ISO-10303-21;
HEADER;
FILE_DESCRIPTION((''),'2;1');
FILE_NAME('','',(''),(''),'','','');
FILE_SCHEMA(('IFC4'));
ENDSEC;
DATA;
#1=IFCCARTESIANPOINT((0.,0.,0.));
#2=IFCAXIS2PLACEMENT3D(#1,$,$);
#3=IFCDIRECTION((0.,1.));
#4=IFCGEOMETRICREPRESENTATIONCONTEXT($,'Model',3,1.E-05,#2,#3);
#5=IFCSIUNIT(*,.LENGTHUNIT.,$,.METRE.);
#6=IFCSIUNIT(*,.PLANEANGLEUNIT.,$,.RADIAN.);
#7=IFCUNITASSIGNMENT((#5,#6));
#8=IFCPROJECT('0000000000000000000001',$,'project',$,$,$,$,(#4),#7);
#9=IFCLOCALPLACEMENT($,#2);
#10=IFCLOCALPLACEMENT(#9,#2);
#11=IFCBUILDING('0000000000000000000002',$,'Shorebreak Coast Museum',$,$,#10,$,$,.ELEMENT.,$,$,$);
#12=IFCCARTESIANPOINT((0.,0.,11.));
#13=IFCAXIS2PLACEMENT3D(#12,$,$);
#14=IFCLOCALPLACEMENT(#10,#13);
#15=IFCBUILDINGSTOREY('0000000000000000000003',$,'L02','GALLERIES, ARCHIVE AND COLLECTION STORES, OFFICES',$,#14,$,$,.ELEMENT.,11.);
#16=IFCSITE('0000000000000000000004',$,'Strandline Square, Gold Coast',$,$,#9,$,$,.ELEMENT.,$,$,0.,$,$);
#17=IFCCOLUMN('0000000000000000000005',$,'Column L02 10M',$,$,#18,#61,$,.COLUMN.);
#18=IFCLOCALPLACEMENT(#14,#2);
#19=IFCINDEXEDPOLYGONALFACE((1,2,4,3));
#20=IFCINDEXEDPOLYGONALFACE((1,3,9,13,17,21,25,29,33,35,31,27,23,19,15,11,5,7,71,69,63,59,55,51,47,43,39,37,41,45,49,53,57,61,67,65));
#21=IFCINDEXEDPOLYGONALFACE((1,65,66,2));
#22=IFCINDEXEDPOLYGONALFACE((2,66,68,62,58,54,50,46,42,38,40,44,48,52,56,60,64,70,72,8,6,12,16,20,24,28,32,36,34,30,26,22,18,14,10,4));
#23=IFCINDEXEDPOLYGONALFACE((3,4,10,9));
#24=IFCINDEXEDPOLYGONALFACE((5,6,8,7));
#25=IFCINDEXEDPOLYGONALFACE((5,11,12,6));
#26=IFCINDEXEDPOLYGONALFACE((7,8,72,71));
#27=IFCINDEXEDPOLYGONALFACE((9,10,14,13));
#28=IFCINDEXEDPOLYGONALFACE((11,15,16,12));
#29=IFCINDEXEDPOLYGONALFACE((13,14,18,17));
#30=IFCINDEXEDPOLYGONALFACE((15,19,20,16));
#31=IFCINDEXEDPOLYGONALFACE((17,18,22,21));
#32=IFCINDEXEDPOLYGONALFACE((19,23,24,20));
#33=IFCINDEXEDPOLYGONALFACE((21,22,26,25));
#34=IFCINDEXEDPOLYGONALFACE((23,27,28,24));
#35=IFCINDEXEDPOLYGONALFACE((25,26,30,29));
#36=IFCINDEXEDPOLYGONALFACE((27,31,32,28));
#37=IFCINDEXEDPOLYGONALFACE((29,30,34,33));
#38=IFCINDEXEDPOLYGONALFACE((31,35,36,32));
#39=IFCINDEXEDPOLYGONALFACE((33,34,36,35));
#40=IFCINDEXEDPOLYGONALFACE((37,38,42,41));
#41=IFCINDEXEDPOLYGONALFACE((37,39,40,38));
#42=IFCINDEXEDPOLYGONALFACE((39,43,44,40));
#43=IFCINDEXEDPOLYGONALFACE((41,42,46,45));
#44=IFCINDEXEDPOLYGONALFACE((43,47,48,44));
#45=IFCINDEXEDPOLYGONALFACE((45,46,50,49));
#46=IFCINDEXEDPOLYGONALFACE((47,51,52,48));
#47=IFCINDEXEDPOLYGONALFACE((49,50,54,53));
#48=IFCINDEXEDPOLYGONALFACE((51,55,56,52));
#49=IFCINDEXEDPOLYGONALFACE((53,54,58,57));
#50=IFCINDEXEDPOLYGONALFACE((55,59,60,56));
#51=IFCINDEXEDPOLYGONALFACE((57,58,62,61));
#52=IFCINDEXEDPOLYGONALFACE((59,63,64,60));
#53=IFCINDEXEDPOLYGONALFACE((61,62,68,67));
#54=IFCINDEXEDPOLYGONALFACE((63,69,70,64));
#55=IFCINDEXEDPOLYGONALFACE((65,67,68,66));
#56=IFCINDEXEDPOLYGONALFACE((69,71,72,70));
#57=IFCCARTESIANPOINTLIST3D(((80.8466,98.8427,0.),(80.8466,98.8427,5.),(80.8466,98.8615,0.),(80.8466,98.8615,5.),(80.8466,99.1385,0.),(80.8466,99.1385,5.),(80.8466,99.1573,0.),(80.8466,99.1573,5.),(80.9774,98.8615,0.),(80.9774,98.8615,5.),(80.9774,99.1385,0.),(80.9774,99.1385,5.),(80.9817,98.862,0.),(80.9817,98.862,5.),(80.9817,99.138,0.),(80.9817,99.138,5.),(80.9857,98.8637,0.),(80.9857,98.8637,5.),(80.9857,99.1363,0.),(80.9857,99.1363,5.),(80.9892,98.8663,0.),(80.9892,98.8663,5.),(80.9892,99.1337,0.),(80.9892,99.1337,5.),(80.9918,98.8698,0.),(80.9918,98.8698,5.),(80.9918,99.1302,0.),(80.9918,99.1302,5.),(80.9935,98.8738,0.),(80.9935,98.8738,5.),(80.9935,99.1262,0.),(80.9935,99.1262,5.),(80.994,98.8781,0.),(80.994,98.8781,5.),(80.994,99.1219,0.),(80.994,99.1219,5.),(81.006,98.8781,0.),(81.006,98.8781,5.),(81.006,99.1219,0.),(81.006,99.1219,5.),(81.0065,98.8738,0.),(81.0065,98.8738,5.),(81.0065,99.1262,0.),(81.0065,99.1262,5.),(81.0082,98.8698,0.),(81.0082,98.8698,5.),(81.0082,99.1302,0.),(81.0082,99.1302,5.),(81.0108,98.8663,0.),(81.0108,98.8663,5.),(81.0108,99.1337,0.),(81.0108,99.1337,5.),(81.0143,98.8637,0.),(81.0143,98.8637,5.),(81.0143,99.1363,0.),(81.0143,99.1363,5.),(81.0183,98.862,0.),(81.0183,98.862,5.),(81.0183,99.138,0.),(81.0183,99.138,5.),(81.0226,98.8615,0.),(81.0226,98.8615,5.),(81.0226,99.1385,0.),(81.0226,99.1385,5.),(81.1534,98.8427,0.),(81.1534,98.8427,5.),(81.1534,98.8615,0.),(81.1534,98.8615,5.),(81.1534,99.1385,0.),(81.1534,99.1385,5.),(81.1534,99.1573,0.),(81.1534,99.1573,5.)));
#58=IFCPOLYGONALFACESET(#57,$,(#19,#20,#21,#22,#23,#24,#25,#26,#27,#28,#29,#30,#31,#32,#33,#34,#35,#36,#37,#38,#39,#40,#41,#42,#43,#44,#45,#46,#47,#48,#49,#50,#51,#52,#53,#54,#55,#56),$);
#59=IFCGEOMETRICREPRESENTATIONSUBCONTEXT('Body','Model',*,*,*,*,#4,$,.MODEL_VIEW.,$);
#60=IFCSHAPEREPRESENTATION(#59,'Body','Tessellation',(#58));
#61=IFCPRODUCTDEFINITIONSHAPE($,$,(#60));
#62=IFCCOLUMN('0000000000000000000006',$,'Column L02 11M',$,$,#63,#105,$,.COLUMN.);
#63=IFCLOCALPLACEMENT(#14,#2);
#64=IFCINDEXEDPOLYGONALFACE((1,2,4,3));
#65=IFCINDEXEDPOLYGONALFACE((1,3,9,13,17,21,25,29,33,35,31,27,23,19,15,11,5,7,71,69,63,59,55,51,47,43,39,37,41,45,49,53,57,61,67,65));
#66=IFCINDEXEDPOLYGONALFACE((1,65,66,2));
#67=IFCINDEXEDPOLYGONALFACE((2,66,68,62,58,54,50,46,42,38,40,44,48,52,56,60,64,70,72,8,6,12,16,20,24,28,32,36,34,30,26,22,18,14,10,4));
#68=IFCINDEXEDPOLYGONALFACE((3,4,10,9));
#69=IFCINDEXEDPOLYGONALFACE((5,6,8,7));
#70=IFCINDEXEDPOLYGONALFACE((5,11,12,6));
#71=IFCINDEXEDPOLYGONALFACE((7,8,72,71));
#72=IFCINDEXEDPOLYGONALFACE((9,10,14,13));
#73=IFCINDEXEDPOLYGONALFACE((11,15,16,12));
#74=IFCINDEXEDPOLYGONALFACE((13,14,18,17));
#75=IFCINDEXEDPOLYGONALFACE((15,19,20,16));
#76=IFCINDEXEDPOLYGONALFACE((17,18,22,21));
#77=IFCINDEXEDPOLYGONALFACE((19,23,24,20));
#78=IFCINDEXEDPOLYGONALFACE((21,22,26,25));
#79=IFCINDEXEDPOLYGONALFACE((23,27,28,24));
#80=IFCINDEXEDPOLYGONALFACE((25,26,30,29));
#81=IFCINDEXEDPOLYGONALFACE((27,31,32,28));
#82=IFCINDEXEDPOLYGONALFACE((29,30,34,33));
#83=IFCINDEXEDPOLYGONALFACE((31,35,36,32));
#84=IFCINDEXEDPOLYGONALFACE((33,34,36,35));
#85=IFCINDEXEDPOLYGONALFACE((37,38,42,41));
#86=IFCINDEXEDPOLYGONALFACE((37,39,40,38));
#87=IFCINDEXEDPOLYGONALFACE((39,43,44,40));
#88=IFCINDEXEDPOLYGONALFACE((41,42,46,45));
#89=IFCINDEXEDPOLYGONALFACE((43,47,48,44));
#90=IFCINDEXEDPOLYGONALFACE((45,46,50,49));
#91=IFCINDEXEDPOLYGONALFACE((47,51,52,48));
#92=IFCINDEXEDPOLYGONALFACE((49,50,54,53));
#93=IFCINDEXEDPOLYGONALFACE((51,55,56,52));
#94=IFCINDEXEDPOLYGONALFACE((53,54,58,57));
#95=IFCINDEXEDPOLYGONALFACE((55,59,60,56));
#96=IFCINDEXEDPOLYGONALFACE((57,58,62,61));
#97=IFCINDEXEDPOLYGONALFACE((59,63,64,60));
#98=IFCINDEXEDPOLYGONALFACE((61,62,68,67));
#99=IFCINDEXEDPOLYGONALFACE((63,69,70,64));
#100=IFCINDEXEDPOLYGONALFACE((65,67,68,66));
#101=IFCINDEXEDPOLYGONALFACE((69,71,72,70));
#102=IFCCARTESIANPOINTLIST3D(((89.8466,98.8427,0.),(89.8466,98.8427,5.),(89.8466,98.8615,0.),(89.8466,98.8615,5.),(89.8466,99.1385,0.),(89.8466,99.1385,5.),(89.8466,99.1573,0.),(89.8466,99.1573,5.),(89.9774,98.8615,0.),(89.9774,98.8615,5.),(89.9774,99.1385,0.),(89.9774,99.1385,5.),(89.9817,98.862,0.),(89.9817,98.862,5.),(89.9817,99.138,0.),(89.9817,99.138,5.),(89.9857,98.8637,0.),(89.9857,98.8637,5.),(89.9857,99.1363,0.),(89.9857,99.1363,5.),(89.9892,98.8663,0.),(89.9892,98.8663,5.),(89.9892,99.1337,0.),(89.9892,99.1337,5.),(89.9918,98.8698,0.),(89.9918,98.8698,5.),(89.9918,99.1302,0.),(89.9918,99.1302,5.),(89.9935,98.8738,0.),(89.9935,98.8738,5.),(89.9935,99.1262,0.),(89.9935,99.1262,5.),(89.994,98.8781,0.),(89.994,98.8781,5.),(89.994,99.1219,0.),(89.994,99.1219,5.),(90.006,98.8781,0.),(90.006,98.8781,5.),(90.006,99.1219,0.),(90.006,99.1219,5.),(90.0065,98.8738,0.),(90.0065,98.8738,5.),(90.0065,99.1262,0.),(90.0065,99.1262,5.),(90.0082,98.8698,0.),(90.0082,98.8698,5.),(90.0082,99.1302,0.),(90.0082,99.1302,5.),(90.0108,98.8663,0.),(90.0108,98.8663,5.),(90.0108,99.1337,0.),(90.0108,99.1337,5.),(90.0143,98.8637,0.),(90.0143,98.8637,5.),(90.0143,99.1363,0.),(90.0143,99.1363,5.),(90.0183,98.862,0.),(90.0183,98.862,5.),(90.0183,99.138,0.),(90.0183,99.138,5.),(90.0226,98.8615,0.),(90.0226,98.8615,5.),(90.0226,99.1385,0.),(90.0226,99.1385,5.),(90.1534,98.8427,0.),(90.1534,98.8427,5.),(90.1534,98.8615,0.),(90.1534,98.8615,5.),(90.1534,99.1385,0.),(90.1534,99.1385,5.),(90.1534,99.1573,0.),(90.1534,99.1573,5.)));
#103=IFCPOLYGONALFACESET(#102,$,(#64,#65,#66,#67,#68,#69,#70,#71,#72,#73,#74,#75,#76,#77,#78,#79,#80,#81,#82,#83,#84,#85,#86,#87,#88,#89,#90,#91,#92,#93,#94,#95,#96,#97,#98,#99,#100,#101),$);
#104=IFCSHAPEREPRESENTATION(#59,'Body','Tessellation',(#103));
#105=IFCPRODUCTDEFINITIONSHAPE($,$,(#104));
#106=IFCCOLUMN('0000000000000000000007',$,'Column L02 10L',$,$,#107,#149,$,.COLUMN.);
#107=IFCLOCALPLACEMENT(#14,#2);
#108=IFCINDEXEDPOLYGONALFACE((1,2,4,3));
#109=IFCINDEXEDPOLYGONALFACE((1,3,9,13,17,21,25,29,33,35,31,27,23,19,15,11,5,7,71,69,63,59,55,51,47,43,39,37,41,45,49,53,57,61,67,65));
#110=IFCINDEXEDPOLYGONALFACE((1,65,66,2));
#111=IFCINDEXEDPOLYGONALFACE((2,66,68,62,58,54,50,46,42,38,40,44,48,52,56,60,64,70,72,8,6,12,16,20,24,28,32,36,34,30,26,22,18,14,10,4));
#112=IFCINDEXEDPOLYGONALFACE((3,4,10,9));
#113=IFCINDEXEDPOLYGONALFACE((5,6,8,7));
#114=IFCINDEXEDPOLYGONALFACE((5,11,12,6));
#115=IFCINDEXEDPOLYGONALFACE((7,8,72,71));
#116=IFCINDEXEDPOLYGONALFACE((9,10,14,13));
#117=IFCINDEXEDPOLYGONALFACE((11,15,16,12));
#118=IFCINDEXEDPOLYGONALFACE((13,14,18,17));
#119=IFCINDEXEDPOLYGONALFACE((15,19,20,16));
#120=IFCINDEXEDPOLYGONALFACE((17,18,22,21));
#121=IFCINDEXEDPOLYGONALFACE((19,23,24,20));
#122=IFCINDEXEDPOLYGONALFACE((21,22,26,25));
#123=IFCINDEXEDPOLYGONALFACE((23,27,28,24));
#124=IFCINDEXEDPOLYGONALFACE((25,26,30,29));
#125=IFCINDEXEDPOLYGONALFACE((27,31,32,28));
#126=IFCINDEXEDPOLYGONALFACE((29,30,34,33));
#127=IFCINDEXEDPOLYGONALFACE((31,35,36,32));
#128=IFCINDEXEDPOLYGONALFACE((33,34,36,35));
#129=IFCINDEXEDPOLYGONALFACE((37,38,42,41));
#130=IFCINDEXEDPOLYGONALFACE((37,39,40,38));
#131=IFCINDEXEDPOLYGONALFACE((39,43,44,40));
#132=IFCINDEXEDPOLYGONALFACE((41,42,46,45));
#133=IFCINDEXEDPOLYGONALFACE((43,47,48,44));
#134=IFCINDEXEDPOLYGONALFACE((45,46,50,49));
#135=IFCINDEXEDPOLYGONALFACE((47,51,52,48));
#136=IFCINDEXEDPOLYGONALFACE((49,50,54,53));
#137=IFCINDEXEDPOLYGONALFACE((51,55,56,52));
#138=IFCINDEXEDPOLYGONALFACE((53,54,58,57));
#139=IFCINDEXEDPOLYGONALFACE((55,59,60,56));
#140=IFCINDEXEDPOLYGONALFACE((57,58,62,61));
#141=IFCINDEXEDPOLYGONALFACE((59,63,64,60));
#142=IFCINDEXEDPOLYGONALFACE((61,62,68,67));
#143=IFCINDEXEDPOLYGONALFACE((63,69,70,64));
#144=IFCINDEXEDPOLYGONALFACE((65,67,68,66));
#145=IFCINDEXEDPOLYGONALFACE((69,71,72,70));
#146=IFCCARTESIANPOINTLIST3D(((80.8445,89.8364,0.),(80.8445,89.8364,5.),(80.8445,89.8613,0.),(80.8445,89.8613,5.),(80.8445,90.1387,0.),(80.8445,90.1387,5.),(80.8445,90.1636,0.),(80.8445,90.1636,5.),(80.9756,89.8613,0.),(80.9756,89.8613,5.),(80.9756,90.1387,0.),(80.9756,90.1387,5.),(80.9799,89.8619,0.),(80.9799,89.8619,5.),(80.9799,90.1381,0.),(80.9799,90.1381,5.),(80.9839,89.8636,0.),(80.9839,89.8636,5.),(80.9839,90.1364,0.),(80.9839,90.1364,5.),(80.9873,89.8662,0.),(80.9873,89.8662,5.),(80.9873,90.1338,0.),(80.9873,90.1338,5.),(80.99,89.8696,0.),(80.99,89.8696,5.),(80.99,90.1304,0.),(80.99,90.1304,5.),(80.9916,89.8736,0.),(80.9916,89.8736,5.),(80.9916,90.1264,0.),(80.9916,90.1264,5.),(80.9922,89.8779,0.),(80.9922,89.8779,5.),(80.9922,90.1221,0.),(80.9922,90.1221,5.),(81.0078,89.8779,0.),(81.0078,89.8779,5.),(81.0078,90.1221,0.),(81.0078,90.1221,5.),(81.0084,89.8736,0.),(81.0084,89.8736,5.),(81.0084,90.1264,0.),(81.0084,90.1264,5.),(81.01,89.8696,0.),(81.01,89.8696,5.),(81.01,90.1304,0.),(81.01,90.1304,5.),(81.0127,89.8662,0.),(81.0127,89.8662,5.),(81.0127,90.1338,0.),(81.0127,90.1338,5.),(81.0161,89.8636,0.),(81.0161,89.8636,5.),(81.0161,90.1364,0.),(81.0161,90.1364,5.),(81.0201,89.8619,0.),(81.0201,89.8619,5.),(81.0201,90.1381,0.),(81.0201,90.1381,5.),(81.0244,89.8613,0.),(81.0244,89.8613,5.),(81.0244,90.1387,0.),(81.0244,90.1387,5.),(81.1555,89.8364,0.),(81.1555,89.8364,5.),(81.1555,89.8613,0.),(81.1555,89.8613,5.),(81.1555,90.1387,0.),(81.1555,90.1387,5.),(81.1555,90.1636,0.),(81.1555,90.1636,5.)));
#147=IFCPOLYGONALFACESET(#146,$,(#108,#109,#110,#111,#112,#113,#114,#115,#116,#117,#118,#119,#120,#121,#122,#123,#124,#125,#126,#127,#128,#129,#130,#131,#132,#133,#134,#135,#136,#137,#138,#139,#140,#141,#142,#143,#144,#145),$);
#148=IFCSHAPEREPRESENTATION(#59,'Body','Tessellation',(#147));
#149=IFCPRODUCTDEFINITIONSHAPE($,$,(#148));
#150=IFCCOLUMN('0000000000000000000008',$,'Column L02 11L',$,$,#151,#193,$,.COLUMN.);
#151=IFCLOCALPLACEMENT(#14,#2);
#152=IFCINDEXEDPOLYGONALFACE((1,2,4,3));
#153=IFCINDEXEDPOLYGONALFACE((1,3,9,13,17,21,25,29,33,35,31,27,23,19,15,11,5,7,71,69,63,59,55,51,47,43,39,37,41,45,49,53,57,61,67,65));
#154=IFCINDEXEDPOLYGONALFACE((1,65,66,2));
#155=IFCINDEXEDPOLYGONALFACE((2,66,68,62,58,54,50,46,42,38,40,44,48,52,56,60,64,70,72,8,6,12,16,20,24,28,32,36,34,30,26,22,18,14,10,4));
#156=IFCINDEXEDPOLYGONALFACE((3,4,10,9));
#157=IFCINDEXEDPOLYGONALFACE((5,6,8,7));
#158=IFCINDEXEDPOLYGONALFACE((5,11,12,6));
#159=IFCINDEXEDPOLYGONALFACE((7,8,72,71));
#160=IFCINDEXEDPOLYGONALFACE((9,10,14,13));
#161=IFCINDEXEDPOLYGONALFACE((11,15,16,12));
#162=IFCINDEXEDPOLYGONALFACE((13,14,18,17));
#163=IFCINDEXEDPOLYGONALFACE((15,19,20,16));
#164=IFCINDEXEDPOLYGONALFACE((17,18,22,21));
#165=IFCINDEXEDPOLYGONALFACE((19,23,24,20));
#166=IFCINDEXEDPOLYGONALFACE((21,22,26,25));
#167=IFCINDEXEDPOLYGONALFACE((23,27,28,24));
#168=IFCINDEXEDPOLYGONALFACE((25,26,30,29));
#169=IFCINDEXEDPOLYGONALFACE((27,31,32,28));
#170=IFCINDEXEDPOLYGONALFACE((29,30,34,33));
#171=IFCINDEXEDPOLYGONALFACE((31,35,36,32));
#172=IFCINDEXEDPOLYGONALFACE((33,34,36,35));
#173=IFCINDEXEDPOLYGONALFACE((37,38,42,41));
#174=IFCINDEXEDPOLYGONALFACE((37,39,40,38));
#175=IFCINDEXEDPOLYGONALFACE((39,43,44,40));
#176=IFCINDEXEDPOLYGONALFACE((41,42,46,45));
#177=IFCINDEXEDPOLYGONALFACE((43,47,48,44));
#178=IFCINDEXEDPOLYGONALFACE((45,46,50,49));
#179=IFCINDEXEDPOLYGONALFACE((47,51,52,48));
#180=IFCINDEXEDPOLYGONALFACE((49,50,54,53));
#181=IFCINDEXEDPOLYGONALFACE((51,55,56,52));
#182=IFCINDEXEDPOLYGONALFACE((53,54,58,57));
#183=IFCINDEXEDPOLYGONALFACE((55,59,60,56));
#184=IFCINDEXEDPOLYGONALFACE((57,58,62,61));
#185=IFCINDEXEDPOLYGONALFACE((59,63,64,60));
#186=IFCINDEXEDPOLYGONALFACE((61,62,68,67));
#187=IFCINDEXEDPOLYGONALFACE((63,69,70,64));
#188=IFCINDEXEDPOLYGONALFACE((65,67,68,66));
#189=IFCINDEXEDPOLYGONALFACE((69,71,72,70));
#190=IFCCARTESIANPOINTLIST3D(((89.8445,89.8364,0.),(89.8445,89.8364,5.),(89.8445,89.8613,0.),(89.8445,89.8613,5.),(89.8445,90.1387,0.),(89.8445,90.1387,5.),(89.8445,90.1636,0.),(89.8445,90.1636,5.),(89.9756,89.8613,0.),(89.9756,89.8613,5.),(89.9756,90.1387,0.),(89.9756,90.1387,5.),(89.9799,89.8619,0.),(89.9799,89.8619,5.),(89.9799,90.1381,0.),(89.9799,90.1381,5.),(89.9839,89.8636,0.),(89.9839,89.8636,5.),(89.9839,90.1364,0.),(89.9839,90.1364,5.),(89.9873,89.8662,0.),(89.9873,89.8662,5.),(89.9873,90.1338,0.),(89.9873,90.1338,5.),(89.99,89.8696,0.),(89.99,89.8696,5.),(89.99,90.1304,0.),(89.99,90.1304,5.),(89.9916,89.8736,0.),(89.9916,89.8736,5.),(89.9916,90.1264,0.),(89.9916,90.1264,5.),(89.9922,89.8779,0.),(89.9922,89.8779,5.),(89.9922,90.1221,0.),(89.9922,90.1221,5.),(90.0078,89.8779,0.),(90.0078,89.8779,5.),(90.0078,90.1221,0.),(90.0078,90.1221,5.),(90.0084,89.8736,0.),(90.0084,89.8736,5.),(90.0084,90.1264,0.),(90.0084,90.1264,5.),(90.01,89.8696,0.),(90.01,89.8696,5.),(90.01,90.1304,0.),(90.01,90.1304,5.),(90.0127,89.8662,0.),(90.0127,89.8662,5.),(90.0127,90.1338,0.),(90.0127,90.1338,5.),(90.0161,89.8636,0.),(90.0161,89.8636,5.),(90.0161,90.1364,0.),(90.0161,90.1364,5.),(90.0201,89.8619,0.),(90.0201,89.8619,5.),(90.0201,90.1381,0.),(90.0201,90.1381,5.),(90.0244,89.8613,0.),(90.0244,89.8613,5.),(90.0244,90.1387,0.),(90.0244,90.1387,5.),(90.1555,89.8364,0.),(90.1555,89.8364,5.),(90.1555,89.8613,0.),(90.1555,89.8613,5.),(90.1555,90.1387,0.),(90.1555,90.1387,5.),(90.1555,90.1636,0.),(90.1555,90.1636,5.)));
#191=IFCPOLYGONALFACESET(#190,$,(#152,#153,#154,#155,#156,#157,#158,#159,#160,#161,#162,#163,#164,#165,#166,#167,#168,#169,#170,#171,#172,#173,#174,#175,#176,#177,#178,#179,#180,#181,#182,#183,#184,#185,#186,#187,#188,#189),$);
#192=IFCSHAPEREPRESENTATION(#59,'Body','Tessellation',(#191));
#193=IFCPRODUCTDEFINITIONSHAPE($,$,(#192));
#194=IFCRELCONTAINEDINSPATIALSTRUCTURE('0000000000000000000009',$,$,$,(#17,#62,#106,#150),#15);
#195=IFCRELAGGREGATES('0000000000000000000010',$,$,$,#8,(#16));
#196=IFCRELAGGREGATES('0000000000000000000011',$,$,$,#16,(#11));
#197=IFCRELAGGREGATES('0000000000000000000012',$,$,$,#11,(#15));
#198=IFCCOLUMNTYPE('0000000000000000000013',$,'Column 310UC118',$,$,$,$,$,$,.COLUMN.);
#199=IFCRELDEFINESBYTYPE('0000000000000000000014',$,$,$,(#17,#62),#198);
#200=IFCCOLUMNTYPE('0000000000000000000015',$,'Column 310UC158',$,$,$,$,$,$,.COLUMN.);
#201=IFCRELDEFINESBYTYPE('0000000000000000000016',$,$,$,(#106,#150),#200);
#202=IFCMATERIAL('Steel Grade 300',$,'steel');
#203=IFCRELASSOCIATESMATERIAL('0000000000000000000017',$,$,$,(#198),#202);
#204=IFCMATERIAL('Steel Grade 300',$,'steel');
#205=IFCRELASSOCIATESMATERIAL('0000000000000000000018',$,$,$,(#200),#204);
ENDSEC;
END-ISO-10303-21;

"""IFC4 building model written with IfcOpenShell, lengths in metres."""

from ifc_helpers import new_model, si_unit, direction, frame, origin, origin_2d, place, context, subcontext, project, spatial, i_section, extrude, material, material_profile, profile_set, type_object, element, save


model = new_model("IFC4")

# Units and contexts
model_context = context("Model", 3, precision=1e-05, world=origin(), true_north=direction((0.0, 1.0)))
body_context = subcontext(model_context, "Body", "Model", "MODEL_VIEW")
ifc_project = project(units=[si_unit("LENGTHUNIT", "METRE"), si_unit("PLANEANGLEUNIT", "RADIAN")], contexts=[model_context])

# Site, building, storey
site_placement = place(None, origin())
site = spatial("IfcSite", under=ifc_project, at=site_placement, Name="Strandline Square, Gold Coast", CompositionType="ELEMENT", RefElevation=0.0)
building_placement = place(site_placement, origin())
building = spatial("IfcBuilding", under=site, at=building_placement, Name="Shorebreak Coast Museum", CompositionType="ELEMENT")
storey_placement = place(building_placement, frame((0.0, 0.0, 11.0)))
storey = spatial("IfcBuildingStorey", under=building, at=storey_placement, Name="L02", Description="GALLERIES, ARCHIVE AND COLLECTION STORES, OFFICES", CompositionType="ELEMENT", Elevation=11.0)

# Columns
ifc_material_1 = material(Name="Steel Grade 300", Category="steel")
ifc_material_profile_1 = material_profile(ifc_material_1, i_section(OverallWidth=0.3069, OverallDepth=0.3147, WebThickness=0.012, FlangeThickness=0.0188, FilletRadius=0.0166, at=origin_2d()), Name="310UC118")
ifc_profile_set_1 = profile_set([ifc_material_profile_1], Name="Steel Grade 300")
column_type_1 = type_object("IfcColumnType", Name="Column 310UC118", PredefinedType="COLUMN", material=ifc_profile_set_1)
for number, where, z_axis, x_axis, name in (
    (1, (81.0, 99.0, 0.0), (0.0, 0.0, 1.0), (1.0, 0.0, 0.0), "Column L02 10M"),
    (2, (90.0, 99.0, 0.0), (0.0, 0.0, 1.0), (1.0, 0.0, 0.0), "Column L02 11M"),
):
    element("IfcColumn", number, at=place(storey_placement, frame(where, z_axis=z_axis, x_axis=x_axis)), inside=storey, type_object=column_type_1, Name=name, PredefinedType="COLUMN", context=body_context, shape_type="SweptSolid", body=[
        extrude(i_section(OverallWidth=0.3069, OverallDepth=0.3147, WebThickness=0.012, FlangeThickness=0.0188, FilletRadius=0.0166, at=origin_2d()), origin(), (0.0, 0.0, 1.0), 5.0),
    ])
ifc_material_2 = material(Name="Steel Grade 300", Category="steel")
ifc_material_profile_2 = material_profile(ifc_material_2, i_section(OverallWidth=0.311, OverallDepth=0.3271, WebThickness=0.0156, FlangeThickness=0.0249, FilletRadius=0.0166, at=origin_2d()), Name="310UC158")
ifc_profile_set_2 = profile_set([ifc_material_profile_2], Name="Steel Grade 300")
column_type_2 = type_object("IfcColumnType", Name="Column 310UC158", PredefinedType="COLUMN", material=ifc_profile_set_2)
for number, where, z_axis, x_axis, name in (
    (3, (81.0, 90.0, 0.0), (0.0, 0.0, 1.0), (1.0, 0.0, 0.0), "Column L02 10L"),
    (4, (90.0, 90.0, 0.0), (0.0, 0.0, 1.0), (1.0, 0.0, 0.0), "Column L02 11L"),
):
    element("IfcColumn", number, at=place(storey_placement, frame(where, z_axis=z_axis, x_axis=x_axis)), inside=storey, type_object=column_type_2, Name=name, PredefinedType="COLUMN", context=body_context, shape_type="SweptSolid", body=[
        extrude(i_section(OverallWidth=0.311, OverallDepth=0.3271, WebThickness=0.0156, FlangeThickness=0.0249, FilletRadius=0.0166, at=origin_2d()), origin(), (0.0, 0.0, 1.0), 5.0),
    ])

save(model, "model.ifc")
